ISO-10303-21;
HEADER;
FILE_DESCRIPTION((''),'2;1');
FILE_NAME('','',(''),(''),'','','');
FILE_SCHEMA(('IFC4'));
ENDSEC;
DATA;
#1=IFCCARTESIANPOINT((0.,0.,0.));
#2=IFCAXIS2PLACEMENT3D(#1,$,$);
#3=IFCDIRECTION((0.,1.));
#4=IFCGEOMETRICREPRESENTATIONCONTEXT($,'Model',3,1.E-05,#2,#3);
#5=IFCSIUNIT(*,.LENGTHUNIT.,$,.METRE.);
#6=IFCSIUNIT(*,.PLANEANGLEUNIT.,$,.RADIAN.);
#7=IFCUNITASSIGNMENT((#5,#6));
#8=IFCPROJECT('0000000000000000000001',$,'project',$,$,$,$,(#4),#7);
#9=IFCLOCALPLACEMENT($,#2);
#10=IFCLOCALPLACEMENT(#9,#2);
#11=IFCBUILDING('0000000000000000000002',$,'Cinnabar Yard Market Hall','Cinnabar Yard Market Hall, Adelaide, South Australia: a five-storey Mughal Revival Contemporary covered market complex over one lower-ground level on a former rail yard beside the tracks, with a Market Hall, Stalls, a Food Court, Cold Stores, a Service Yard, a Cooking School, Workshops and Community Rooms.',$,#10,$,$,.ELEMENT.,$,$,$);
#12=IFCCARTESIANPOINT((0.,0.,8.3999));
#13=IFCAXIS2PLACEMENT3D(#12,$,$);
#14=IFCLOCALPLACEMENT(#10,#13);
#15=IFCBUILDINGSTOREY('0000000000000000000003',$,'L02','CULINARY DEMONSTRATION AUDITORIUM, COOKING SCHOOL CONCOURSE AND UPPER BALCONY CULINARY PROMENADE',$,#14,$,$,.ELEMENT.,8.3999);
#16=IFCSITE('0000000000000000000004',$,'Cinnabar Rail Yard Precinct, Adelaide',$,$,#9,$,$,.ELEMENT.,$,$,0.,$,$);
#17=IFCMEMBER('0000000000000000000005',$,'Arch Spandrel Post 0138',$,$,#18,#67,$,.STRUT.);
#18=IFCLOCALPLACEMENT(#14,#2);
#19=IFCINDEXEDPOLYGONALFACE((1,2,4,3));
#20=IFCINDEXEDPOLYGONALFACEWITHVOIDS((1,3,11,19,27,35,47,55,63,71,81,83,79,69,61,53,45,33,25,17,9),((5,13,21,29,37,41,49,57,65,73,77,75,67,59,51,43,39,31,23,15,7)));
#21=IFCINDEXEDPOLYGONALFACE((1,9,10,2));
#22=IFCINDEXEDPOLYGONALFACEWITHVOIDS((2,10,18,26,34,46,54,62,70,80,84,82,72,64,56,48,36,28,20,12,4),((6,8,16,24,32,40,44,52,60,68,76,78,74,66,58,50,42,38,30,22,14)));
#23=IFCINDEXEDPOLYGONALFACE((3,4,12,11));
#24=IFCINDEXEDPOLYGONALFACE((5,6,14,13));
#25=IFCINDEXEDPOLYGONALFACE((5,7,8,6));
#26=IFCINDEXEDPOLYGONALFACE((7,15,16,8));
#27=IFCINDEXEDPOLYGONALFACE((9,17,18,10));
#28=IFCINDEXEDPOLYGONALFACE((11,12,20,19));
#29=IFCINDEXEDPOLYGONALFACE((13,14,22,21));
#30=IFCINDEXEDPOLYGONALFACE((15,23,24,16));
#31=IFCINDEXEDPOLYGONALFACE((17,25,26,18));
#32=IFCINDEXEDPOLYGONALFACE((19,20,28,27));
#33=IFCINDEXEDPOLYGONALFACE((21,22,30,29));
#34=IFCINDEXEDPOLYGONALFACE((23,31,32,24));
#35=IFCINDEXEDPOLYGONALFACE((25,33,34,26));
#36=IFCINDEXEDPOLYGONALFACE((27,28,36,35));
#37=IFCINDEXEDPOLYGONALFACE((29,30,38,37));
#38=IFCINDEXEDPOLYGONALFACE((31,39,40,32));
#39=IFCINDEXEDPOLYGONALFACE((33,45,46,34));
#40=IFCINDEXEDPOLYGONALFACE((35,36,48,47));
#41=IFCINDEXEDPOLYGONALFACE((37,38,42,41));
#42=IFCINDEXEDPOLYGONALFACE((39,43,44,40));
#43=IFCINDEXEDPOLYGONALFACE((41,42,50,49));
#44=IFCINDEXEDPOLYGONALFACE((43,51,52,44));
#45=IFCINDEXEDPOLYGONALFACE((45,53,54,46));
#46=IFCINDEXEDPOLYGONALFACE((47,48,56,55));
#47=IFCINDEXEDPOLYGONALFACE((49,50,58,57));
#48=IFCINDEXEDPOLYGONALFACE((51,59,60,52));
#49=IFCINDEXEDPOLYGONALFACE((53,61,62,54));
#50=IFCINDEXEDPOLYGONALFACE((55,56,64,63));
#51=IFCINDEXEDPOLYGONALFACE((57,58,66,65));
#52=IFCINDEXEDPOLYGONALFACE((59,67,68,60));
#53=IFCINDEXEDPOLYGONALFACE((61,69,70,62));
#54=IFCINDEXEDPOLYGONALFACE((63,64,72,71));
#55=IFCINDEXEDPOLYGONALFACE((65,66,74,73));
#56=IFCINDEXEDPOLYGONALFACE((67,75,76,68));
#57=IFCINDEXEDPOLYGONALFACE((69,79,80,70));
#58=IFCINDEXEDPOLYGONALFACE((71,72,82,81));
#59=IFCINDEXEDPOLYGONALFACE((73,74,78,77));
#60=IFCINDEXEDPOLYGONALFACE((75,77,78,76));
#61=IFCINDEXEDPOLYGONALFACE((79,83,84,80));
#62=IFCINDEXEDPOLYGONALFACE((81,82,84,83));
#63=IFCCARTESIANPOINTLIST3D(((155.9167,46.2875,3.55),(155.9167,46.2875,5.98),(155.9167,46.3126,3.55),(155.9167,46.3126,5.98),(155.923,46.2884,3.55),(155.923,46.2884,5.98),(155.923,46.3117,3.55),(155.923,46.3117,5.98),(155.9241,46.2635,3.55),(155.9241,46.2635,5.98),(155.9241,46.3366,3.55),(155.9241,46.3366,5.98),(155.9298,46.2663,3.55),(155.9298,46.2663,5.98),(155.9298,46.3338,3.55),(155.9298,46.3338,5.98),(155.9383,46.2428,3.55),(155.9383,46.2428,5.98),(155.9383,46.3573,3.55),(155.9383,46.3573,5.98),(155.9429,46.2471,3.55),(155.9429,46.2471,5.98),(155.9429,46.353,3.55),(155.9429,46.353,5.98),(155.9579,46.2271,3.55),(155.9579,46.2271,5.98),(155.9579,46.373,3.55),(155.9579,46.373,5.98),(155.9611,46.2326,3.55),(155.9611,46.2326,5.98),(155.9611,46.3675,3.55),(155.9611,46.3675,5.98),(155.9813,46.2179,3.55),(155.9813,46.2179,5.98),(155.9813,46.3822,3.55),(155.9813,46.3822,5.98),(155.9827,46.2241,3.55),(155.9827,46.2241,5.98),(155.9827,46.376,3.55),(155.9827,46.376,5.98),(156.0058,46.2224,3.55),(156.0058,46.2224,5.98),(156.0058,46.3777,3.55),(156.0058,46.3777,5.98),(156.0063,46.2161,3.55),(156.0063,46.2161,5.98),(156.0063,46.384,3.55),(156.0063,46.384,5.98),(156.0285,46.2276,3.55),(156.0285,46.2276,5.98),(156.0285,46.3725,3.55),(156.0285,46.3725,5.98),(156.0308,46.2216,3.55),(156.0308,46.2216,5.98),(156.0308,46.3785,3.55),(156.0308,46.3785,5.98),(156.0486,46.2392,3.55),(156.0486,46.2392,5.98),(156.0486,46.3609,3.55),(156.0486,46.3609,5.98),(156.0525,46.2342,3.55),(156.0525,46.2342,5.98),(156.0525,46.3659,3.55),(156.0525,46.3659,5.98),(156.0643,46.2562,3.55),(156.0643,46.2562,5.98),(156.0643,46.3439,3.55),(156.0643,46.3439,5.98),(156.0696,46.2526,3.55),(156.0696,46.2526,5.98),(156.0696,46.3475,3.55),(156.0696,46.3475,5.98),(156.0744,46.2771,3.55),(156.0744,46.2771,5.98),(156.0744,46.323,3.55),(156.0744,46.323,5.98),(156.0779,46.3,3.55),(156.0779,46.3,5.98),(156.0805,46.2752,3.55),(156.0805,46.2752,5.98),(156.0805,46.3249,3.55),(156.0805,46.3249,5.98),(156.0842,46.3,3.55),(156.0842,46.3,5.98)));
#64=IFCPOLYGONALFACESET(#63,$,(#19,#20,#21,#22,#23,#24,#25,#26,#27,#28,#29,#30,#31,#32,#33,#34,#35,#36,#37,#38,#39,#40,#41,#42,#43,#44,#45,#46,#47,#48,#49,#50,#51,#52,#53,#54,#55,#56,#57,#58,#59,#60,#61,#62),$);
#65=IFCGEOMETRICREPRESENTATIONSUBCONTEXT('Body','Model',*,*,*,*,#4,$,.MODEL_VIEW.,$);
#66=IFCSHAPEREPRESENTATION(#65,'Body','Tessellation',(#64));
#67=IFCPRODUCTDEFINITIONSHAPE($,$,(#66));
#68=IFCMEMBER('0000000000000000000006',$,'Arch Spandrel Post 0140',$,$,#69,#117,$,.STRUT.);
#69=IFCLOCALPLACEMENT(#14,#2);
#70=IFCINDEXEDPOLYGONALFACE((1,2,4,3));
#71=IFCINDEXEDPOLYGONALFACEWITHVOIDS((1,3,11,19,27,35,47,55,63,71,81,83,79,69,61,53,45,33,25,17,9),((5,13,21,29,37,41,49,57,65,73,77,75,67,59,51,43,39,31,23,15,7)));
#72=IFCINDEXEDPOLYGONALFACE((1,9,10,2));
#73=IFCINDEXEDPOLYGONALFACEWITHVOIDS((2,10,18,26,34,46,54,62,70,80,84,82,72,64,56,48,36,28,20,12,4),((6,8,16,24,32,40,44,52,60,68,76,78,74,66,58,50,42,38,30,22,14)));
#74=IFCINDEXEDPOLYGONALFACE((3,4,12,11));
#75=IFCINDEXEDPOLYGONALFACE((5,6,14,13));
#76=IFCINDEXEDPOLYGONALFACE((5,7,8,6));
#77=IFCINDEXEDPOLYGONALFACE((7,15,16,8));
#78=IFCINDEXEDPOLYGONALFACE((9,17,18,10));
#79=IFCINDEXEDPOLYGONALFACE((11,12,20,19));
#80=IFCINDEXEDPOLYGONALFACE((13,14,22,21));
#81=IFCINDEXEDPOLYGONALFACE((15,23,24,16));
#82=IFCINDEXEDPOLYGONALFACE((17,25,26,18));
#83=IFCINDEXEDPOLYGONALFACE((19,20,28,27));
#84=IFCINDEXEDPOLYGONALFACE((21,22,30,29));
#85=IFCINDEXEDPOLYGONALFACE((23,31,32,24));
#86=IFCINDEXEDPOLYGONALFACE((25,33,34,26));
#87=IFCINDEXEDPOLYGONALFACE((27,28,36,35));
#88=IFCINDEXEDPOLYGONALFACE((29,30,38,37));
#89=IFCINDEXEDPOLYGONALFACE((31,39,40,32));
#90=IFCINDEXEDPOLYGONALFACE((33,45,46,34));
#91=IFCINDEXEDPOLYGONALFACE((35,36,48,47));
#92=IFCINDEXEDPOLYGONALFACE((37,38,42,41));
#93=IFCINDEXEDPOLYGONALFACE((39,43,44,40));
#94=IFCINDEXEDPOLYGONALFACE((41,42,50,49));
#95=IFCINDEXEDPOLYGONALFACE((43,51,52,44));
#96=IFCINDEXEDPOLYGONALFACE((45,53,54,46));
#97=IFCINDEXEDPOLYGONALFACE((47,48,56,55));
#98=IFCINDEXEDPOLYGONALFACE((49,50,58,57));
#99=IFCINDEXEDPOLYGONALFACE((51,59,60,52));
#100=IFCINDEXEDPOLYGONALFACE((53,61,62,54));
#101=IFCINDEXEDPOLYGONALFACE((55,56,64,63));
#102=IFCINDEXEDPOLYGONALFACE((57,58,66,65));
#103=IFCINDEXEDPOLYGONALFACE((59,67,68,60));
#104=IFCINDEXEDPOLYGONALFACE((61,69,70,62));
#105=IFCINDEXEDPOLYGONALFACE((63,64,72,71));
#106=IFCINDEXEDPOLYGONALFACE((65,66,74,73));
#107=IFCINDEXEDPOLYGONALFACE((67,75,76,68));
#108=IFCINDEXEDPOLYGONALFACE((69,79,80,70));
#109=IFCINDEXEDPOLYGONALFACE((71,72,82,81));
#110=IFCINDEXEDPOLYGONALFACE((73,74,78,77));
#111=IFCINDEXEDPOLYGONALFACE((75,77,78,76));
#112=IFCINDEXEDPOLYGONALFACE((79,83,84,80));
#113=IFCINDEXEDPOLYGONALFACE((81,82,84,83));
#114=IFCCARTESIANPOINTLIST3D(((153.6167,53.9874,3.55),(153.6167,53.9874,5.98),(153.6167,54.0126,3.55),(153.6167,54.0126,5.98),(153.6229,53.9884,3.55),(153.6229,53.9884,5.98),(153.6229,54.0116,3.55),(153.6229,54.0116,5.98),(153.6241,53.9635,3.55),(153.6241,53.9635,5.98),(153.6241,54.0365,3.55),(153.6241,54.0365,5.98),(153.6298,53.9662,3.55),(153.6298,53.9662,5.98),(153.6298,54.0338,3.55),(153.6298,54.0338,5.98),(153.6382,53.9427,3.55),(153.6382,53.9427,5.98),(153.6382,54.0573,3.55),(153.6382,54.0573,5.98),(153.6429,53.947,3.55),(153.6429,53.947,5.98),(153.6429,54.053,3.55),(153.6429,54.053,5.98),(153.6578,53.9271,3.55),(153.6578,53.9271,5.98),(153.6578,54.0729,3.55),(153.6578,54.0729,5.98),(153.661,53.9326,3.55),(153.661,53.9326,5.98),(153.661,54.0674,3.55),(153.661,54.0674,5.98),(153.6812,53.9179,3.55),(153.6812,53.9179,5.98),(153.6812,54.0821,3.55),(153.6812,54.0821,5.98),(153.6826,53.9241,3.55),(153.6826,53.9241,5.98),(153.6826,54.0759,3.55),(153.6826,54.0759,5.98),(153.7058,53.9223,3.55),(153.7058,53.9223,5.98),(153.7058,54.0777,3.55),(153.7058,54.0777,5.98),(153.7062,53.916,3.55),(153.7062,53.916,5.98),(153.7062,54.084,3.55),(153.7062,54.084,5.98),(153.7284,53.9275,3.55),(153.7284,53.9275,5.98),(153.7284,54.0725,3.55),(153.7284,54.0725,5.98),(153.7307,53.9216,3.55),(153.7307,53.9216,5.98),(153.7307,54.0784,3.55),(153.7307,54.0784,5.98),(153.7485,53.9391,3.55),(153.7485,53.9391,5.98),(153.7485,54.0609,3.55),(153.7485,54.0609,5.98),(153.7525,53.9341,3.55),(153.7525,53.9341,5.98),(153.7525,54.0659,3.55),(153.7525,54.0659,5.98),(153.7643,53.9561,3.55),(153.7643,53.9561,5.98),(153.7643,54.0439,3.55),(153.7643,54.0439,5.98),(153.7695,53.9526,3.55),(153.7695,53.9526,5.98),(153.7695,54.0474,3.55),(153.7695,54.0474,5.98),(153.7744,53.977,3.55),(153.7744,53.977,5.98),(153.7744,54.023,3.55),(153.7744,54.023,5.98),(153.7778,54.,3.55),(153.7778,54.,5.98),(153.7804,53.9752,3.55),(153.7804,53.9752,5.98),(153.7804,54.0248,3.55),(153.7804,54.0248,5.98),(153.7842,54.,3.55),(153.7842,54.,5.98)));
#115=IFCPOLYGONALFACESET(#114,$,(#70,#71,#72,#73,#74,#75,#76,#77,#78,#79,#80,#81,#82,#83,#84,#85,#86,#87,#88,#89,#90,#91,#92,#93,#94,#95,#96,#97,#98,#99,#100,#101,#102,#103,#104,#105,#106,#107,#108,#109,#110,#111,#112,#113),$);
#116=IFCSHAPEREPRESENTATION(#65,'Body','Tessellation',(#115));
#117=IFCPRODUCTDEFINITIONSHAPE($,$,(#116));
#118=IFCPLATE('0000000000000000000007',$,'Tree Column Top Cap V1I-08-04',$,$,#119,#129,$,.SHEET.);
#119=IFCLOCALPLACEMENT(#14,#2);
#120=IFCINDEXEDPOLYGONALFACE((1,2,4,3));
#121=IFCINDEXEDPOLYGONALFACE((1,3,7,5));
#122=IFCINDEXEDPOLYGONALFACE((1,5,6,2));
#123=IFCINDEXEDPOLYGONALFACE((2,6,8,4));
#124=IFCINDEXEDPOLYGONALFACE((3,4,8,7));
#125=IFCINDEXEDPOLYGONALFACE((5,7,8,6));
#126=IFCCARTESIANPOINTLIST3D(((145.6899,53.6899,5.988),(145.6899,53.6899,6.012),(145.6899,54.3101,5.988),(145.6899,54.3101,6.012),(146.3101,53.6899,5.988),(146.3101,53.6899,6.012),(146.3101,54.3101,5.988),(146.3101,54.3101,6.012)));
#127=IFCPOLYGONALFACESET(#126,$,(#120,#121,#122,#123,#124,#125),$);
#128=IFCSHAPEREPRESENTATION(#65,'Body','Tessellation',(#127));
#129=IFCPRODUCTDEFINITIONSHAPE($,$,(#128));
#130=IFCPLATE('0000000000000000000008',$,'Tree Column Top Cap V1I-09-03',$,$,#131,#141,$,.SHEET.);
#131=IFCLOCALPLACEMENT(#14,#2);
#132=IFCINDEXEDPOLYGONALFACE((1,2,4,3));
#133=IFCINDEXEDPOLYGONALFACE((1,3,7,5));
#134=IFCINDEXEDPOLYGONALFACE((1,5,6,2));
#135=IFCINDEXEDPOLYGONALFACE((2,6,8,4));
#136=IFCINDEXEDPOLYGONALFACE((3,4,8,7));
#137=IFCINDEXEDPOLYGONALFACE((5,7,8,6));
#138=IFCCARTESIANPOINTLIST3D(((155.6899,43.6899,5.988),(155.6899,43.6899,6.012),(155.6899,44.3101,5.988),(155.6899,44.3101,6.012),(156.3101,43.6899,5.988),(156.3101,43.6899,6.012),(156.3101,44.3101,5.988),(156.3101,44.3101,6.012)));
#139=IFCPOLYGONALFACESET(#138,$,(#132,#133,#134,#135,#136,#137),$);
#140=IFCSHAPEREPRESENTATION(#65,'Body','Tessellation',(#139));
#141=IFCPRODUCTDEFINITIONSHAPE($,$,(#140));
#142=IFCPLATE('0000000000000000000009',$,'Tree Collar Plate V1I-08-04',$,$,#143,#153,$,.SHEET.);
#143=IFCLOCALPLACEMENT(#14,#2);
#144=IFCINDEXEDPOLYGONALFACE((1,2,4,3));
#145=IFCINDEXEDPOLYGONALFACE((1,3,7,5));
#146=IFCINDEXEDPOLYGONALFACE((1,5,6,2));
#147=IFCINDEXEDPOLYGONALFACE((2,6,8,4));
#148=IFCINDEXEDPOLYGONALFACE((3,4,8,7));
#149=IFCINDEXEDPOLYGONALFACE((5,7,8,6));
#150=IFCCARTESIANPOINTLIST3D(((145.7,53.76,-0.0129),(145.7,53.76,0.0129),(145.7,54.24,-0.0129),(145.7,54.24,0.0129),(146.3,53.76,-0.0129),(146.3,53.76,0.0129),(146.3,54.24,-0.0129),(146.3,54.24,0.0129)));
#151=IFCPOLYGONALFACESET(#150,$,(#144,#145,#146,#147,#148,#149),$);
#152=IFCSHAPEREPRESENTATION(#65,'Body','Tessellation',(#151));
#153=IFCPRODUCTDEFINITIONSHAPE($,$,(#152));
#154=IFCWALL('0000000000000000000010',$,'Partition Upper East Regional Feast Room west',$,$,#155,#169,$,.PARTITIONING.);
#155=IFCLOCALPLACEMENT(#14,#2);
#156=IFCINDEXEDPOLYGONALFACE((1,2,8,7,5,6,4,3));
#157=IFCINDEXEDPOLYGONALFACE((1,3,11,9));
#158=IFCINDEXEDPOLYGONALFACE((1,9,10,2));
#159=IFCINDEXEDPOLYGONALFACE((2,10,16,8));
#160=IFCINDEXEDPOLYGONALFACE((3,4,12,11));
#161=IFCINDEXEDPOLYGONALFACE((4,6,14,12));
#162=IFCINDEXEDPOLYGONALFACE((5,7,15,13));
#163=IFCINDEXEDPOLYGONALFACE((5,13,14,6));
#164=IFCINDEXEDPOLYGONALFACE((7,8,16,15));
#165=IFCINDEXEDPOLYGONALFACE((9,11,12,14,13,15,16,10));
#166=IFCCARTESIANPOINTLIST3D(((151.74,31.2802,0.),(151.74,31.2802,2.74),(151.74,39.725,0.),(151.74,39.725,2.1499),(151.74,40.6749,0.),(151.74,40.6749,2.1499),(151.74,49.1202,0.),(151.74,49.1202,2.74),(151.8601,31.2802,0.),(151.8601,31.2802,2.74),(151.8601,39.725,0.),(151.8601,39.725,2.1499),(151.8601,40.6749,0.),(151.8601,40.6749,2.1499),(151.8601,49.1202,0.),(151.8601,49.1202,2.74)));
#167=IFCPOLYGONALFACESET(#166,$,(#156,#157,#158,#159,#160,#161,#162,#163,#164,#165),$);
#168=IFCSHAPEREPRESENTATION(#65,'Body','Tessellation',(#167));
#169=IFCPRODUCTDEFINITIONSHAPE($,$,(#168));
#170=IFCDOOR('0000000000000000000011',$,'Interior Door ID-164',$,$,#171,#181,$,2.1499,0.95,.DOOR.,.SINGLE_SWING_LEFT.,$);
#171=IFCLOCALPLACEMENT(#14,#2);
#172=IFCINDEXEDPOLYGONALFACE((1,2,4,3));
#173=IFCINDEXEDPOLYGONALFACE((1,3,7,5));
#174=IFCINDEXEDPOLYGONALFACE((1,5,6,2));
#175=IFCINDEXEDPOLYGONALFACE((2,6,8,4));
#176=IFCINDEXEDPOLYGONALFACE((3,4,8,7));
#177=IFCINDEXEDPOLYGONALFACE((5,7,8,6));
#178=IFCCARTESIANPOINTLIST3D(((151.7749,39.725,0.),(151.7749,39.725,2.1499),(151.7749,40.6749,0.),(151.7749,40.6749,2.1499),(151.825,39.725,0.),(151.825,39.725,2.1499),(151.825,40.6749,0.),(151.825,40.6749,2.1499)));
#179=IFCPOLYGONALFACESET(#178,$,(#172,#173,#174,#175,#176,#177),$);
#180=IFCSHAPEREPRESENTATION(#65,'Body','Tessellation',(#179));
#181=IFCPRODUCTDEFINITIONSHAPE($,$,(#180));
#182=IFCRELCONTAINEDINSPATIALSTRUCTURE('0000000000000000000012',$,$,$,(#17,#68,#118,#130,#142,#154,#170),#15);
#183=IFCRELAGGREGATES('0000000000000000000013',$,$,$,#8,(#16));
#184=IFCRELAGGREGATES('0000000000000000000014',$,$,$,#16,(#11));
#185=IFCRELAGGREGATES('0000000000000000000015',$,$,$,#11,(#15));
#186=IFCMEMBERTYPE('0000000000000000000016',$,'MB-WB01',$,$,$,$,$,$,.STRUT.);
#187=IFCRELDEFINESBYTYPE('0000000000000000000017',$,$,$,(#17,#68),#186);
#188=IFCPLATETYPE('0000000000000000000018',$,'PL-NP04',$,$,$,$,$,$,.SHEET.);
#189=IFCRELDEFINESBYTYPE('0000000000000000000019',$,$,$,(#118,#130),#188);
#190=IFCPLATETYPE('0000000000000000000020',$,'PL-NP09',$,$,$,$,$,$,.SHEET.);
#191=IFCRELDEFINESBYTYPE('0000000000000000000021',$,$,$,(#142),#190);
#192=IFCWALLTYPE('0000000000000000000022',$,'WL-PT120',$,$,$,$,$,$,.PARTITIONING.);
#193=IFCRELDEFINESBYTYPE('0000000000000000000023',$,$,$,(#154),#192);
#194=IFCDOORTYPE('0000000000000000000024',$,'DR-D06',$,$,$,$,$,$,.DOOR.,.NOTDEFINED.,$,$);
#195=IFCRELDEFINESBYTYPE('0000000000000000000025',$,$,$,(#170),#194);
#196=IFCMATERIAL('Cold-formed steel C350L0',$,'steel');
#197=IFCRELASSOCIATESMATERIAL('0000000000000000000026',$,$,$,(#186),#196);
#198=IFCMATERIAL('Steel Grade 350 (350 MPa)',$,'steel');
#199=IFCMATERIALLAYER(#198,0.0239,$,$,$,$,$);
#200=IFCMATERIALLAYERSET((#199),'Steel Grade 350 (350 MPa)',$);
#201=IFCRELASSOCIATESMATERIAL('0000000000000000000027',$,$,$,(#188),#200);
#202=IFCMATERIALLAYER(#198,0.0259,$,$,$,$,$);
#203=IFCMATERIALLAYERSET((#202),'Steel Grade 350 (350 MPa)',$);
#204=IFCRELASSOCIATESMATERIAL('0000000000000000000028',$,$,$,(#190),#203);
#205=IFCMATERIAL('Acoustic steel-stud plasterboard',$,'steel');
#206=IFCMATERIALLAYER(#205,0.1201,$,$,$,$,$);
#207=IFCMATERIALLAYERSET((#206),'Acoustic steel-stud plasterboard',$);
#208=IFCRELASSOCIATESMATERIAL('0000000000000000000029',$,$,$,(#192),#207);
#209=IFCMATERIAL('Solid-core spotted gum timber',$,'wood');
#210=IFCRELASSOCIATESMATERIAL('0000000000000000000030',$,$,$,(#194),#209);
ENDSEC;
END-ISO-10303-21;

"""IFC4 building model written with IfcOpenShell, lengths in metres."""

from ifc_helpers import new_model, si_unit, direction, frame, frame_2d, origin, origin_2d_with_axis, place, context, subcontext, project, spatial, rectangle, hollow_circle, extrude, material, layer, layer_set, material_profile, profile_set, type_object, element, fill, save


model = new_model("IFC4")

# Units and contexts
model_context = context("Model", 3, precision=1e-05, world=origin(), true_north=direction((0.0, 1.0)))
body_context = subcontext(model_context, "Body", "Model", "MODEL_VIEW")
ifc_project = project(units=[si_unit("LENGTHUNIT", "METRE"), si_unit("PLANEANGLEUNIT", "RADIAN")], contexts=[model_context])

# Site, building, storey
site_placement = place(None, origin())
site = spatial("IfcSite", under=ifc_project, at=site_placement, Name="Cinnabar Rail Yard Precinct, Adelaide", CompositionType="ELEMENT", RefElevation=0.0)
building_placement = place(site_placement, origin())
building = spatial("IfcBuilding", under=site, at=building_placement, Name="Cinnabar Yard Market Hall", Description="Cinnabar Yard Market Hall, Adelaide, South Australia: a five-storey Mughal Revival Contemporary covered market complex over one lower-ground level on a former rail yard beside the tracks, with a Market Hall, Stalls, a Food Court, Cold Stores, a Service Yard, a Cooking School, Workshops and Community Rooms.", CompositionType="ELEMENT")
storey_placement = place(building_placement, frame((0.0, 0.0, 8.3999)))
storey = spatial("IfcBuildingStorey", under=building, at=storey_placement, Name="L02", Description="CULINARY DEMONSTRATION AUDITORIUM, COOKING SCHOOL CONCOURSE AND UPPER BALCONY CULINARY PROMENADE", CompositionType="ELEMENT", Elevation=8.3999)

# Members
ifc_material_1 = material(Name="Cold-formed steel C350L0", Category="steel")
ifc_material_profile_1 = material_profile(ifc_material_1, hollow_circle(Radius=0.0842, WallThickness=0.0063, at=origin_2d_with_axis()), Name="168.3x6.4CHS")
ifc_profile_set_1 = profile_set([ifc_material_profile_1], Name="Cold-formed steel C350L0")
member_type_1 = type_object("IfcMemberType", Name="MB-WB01", PredefinedType="STRUT", material=ifc_profile_set_1)
for number, where, z_axis, x_axis, name in (
    (1, (156.0, 46.3, 3.55), (0.0, 0.0, 1.0), (1.0, 0.0, 0.0), "Arch Spandrel Post 0138"),
    (2, (153.7, 54.0, 3.55), (0.0, 0.0, 1.0), (1.0, 0.0, 0.0), "Arch Spandrel Post 0140"),
):
    element("IfcMember", number, at=place(storey_placement, frame(where, z_axis=z_axis, x_axis=x_axis)), inside=storey, type_object=member_type_1, Name=name, PredefinedType="STRUT", context=body_context, shape_type="SweptSolid", body=[
        extrude(hollow_circle(Radius=0.0842, WallThickness=0.0063, at=origin_2d_with_axis()), origin(), (0.0, 0.0, 1.0), 2.4299),
    ])

# Plates
ifc_material_2 = material(Name="Steel Grade 350 (350 MPa)", Category="steel")
ifc_layer_1 = layer(ifc_material_2, 0.0239)
ifc_layer_set_1 = layer_set([ifc_layer_1], Name="Steel Grade 350 (350 MPa)")
plate_type_1 = type_object("IfcPlateType", Name="PL-NP04", PredefinedType="SHEET", material=ifc_layer_set_1)
for number, where, z_axis, x_axis, name in (
    (3, (146.0, 54.0, 5.988), (0.0, 0.0, 1.0), (1.0, 0.0, 0.0), "Tree Column Top Cap V1I-08-04"),
    (4, (156.0, 44.0, 5.988), (0.0, 0.0, 1.0), (1.0, 0.0, 0.0), "Tree Column Top Cap V1I-09-03"),
):
    element("IfcPlate", number, at=place(storey_placement, frame(where, z_axis=z_axis, x_axis=x_axis)), inside=storey, type_object=plate_type_1, Name=name, PredefinedType="SHEET", context=body_context, shape_type="SweptSolid", body=[
        extrude(rectangle(XDim=0.6201, YDim=0.6201, at=origin_2d_with_axis()), origin(), (0.0, 0.0, 1.0), 0.0239),
    ])
ifc_layer_2 = layer(ifc_material_2, 0.0259)
ifc_layer_set_2 = layer_set([ifc_layer_2], Name="Steel Grade 350 (350 MPa)")
plate_type_2 = type_object("IfcPlateType", Name="PL-NP09", PredefinedType="SHEET", material=ifc_layer_set_2)
plate_placement = place(storey_placement, frame((146.0, 54.0, -0.0129), z_axis=(0.0, 0.0, 1.0), x_axis=(1.0, 0.0, 0.0)))
element("IfcPlate", 5, at=plate_placement, inside=storey, type_object=plate_type_2, Name="Tree Collar Plate V1I-08-04", PredefinedType="SHEET", context=body_context, shape_type="SweptSolid", body=[
    extrude(rectangle(XDim=0.6001, YDim=0.48, at=origin_2d_with_axis()), origin(), (0.0, 0.0, 1.0), 0.0259),
])

# Wall, opening, door
ifc_material_3 = material(Name="Acoustic steel-stud plasterboard", Category="steel")
ifc_layer_3 = layer(ifc_material_3, 0.1201)
ifc_layer_set_3 = layer_set([ifc_layer_3], Name="Acoustic steel-stud plasterboard")
wall_type_1 = type_object("IfcWallType", Name="WL-PT120", PredefinedType="PARTITIONING", material=ifc_layer_set_3)
wall_1_placement = place(storey_placement, frame((151.8, 49.1201, 0.0), z_axis=(0.0, 0.0, 1.0), x_axis=(0.0, -1.0, 0.0)))
wall_1 = element("IfcWall", 6, at=wall_1_placement, inside=storey, type_object=wall_type_1, Name="Partition Upper East Regional Feast Room west", PredefinedType="PARTITIONING", context=body_context, shape_type="SweptSolid", body=[
    extrude(rectangle(XDim=17.8401, YDim=0.1201, at=frame_2d((8.9199, 0.0), x_axis=(1.0, 0.0))), origin(), (0.0, 0.0, 1.0), 2.74),
])
opening_placement = place(wall_1_placement, frame((8.4451, 0.0, 0.0)))
opening = element("IfcOpeningElement", 7, at=opening_placement, cuts=wall_1, PredefinedType="OPENING", context=body_context, shape_type="SweptSolid", body=[
    extrude(rectangle(XDim=0.95, YDim=2.1499, at=frame_2d((0.4751, 1.075), x_axis=(1.0, 0.0))), frame((0.0, 0.0701, 0.0), z_axis=(0.0, -1.0, 0.0), x_axis=(1.0, 0.0, 0.0)), (0.0, 0.0, 1.0), 0.1401),
])
ifc_material_4 = material(Name="Solid-core spotted gum timber", Category="wood")
door_type = type_object("IfcDoorType", Name="DR-D06", OperationType="NOTDEFINED", PredefinedType="DOOR", material=ifc_material_4)
door_placement = place(opening_placement, origin())
door = element("IfcDoor", 8, at=door_placement, inside=storey, type_object=door_type, Name="Interior Door ID-164", OperationType="SINGLE_SWING_LEFT", OverallHeight=2.1499, OverallWidth=0.95, PredefinedType="DOOR", context=body_context, shape_type="SweptSolid", body=[
    extrude(rectangle(XDim=0.95, YDim=2.1499, at=frame_2d((0.4751, 1.075), x_axis=(1.0, 0.0))), frame((0.0, 0.0249, 0.0), z_axis=(0.0, -1.0, 0.0), x_axis=(1.0, 0.0, 0.0)), (0.0, 0.0, 1.0), 0.05),
])
fill(opening, door)

save(model, "model.ifc")
